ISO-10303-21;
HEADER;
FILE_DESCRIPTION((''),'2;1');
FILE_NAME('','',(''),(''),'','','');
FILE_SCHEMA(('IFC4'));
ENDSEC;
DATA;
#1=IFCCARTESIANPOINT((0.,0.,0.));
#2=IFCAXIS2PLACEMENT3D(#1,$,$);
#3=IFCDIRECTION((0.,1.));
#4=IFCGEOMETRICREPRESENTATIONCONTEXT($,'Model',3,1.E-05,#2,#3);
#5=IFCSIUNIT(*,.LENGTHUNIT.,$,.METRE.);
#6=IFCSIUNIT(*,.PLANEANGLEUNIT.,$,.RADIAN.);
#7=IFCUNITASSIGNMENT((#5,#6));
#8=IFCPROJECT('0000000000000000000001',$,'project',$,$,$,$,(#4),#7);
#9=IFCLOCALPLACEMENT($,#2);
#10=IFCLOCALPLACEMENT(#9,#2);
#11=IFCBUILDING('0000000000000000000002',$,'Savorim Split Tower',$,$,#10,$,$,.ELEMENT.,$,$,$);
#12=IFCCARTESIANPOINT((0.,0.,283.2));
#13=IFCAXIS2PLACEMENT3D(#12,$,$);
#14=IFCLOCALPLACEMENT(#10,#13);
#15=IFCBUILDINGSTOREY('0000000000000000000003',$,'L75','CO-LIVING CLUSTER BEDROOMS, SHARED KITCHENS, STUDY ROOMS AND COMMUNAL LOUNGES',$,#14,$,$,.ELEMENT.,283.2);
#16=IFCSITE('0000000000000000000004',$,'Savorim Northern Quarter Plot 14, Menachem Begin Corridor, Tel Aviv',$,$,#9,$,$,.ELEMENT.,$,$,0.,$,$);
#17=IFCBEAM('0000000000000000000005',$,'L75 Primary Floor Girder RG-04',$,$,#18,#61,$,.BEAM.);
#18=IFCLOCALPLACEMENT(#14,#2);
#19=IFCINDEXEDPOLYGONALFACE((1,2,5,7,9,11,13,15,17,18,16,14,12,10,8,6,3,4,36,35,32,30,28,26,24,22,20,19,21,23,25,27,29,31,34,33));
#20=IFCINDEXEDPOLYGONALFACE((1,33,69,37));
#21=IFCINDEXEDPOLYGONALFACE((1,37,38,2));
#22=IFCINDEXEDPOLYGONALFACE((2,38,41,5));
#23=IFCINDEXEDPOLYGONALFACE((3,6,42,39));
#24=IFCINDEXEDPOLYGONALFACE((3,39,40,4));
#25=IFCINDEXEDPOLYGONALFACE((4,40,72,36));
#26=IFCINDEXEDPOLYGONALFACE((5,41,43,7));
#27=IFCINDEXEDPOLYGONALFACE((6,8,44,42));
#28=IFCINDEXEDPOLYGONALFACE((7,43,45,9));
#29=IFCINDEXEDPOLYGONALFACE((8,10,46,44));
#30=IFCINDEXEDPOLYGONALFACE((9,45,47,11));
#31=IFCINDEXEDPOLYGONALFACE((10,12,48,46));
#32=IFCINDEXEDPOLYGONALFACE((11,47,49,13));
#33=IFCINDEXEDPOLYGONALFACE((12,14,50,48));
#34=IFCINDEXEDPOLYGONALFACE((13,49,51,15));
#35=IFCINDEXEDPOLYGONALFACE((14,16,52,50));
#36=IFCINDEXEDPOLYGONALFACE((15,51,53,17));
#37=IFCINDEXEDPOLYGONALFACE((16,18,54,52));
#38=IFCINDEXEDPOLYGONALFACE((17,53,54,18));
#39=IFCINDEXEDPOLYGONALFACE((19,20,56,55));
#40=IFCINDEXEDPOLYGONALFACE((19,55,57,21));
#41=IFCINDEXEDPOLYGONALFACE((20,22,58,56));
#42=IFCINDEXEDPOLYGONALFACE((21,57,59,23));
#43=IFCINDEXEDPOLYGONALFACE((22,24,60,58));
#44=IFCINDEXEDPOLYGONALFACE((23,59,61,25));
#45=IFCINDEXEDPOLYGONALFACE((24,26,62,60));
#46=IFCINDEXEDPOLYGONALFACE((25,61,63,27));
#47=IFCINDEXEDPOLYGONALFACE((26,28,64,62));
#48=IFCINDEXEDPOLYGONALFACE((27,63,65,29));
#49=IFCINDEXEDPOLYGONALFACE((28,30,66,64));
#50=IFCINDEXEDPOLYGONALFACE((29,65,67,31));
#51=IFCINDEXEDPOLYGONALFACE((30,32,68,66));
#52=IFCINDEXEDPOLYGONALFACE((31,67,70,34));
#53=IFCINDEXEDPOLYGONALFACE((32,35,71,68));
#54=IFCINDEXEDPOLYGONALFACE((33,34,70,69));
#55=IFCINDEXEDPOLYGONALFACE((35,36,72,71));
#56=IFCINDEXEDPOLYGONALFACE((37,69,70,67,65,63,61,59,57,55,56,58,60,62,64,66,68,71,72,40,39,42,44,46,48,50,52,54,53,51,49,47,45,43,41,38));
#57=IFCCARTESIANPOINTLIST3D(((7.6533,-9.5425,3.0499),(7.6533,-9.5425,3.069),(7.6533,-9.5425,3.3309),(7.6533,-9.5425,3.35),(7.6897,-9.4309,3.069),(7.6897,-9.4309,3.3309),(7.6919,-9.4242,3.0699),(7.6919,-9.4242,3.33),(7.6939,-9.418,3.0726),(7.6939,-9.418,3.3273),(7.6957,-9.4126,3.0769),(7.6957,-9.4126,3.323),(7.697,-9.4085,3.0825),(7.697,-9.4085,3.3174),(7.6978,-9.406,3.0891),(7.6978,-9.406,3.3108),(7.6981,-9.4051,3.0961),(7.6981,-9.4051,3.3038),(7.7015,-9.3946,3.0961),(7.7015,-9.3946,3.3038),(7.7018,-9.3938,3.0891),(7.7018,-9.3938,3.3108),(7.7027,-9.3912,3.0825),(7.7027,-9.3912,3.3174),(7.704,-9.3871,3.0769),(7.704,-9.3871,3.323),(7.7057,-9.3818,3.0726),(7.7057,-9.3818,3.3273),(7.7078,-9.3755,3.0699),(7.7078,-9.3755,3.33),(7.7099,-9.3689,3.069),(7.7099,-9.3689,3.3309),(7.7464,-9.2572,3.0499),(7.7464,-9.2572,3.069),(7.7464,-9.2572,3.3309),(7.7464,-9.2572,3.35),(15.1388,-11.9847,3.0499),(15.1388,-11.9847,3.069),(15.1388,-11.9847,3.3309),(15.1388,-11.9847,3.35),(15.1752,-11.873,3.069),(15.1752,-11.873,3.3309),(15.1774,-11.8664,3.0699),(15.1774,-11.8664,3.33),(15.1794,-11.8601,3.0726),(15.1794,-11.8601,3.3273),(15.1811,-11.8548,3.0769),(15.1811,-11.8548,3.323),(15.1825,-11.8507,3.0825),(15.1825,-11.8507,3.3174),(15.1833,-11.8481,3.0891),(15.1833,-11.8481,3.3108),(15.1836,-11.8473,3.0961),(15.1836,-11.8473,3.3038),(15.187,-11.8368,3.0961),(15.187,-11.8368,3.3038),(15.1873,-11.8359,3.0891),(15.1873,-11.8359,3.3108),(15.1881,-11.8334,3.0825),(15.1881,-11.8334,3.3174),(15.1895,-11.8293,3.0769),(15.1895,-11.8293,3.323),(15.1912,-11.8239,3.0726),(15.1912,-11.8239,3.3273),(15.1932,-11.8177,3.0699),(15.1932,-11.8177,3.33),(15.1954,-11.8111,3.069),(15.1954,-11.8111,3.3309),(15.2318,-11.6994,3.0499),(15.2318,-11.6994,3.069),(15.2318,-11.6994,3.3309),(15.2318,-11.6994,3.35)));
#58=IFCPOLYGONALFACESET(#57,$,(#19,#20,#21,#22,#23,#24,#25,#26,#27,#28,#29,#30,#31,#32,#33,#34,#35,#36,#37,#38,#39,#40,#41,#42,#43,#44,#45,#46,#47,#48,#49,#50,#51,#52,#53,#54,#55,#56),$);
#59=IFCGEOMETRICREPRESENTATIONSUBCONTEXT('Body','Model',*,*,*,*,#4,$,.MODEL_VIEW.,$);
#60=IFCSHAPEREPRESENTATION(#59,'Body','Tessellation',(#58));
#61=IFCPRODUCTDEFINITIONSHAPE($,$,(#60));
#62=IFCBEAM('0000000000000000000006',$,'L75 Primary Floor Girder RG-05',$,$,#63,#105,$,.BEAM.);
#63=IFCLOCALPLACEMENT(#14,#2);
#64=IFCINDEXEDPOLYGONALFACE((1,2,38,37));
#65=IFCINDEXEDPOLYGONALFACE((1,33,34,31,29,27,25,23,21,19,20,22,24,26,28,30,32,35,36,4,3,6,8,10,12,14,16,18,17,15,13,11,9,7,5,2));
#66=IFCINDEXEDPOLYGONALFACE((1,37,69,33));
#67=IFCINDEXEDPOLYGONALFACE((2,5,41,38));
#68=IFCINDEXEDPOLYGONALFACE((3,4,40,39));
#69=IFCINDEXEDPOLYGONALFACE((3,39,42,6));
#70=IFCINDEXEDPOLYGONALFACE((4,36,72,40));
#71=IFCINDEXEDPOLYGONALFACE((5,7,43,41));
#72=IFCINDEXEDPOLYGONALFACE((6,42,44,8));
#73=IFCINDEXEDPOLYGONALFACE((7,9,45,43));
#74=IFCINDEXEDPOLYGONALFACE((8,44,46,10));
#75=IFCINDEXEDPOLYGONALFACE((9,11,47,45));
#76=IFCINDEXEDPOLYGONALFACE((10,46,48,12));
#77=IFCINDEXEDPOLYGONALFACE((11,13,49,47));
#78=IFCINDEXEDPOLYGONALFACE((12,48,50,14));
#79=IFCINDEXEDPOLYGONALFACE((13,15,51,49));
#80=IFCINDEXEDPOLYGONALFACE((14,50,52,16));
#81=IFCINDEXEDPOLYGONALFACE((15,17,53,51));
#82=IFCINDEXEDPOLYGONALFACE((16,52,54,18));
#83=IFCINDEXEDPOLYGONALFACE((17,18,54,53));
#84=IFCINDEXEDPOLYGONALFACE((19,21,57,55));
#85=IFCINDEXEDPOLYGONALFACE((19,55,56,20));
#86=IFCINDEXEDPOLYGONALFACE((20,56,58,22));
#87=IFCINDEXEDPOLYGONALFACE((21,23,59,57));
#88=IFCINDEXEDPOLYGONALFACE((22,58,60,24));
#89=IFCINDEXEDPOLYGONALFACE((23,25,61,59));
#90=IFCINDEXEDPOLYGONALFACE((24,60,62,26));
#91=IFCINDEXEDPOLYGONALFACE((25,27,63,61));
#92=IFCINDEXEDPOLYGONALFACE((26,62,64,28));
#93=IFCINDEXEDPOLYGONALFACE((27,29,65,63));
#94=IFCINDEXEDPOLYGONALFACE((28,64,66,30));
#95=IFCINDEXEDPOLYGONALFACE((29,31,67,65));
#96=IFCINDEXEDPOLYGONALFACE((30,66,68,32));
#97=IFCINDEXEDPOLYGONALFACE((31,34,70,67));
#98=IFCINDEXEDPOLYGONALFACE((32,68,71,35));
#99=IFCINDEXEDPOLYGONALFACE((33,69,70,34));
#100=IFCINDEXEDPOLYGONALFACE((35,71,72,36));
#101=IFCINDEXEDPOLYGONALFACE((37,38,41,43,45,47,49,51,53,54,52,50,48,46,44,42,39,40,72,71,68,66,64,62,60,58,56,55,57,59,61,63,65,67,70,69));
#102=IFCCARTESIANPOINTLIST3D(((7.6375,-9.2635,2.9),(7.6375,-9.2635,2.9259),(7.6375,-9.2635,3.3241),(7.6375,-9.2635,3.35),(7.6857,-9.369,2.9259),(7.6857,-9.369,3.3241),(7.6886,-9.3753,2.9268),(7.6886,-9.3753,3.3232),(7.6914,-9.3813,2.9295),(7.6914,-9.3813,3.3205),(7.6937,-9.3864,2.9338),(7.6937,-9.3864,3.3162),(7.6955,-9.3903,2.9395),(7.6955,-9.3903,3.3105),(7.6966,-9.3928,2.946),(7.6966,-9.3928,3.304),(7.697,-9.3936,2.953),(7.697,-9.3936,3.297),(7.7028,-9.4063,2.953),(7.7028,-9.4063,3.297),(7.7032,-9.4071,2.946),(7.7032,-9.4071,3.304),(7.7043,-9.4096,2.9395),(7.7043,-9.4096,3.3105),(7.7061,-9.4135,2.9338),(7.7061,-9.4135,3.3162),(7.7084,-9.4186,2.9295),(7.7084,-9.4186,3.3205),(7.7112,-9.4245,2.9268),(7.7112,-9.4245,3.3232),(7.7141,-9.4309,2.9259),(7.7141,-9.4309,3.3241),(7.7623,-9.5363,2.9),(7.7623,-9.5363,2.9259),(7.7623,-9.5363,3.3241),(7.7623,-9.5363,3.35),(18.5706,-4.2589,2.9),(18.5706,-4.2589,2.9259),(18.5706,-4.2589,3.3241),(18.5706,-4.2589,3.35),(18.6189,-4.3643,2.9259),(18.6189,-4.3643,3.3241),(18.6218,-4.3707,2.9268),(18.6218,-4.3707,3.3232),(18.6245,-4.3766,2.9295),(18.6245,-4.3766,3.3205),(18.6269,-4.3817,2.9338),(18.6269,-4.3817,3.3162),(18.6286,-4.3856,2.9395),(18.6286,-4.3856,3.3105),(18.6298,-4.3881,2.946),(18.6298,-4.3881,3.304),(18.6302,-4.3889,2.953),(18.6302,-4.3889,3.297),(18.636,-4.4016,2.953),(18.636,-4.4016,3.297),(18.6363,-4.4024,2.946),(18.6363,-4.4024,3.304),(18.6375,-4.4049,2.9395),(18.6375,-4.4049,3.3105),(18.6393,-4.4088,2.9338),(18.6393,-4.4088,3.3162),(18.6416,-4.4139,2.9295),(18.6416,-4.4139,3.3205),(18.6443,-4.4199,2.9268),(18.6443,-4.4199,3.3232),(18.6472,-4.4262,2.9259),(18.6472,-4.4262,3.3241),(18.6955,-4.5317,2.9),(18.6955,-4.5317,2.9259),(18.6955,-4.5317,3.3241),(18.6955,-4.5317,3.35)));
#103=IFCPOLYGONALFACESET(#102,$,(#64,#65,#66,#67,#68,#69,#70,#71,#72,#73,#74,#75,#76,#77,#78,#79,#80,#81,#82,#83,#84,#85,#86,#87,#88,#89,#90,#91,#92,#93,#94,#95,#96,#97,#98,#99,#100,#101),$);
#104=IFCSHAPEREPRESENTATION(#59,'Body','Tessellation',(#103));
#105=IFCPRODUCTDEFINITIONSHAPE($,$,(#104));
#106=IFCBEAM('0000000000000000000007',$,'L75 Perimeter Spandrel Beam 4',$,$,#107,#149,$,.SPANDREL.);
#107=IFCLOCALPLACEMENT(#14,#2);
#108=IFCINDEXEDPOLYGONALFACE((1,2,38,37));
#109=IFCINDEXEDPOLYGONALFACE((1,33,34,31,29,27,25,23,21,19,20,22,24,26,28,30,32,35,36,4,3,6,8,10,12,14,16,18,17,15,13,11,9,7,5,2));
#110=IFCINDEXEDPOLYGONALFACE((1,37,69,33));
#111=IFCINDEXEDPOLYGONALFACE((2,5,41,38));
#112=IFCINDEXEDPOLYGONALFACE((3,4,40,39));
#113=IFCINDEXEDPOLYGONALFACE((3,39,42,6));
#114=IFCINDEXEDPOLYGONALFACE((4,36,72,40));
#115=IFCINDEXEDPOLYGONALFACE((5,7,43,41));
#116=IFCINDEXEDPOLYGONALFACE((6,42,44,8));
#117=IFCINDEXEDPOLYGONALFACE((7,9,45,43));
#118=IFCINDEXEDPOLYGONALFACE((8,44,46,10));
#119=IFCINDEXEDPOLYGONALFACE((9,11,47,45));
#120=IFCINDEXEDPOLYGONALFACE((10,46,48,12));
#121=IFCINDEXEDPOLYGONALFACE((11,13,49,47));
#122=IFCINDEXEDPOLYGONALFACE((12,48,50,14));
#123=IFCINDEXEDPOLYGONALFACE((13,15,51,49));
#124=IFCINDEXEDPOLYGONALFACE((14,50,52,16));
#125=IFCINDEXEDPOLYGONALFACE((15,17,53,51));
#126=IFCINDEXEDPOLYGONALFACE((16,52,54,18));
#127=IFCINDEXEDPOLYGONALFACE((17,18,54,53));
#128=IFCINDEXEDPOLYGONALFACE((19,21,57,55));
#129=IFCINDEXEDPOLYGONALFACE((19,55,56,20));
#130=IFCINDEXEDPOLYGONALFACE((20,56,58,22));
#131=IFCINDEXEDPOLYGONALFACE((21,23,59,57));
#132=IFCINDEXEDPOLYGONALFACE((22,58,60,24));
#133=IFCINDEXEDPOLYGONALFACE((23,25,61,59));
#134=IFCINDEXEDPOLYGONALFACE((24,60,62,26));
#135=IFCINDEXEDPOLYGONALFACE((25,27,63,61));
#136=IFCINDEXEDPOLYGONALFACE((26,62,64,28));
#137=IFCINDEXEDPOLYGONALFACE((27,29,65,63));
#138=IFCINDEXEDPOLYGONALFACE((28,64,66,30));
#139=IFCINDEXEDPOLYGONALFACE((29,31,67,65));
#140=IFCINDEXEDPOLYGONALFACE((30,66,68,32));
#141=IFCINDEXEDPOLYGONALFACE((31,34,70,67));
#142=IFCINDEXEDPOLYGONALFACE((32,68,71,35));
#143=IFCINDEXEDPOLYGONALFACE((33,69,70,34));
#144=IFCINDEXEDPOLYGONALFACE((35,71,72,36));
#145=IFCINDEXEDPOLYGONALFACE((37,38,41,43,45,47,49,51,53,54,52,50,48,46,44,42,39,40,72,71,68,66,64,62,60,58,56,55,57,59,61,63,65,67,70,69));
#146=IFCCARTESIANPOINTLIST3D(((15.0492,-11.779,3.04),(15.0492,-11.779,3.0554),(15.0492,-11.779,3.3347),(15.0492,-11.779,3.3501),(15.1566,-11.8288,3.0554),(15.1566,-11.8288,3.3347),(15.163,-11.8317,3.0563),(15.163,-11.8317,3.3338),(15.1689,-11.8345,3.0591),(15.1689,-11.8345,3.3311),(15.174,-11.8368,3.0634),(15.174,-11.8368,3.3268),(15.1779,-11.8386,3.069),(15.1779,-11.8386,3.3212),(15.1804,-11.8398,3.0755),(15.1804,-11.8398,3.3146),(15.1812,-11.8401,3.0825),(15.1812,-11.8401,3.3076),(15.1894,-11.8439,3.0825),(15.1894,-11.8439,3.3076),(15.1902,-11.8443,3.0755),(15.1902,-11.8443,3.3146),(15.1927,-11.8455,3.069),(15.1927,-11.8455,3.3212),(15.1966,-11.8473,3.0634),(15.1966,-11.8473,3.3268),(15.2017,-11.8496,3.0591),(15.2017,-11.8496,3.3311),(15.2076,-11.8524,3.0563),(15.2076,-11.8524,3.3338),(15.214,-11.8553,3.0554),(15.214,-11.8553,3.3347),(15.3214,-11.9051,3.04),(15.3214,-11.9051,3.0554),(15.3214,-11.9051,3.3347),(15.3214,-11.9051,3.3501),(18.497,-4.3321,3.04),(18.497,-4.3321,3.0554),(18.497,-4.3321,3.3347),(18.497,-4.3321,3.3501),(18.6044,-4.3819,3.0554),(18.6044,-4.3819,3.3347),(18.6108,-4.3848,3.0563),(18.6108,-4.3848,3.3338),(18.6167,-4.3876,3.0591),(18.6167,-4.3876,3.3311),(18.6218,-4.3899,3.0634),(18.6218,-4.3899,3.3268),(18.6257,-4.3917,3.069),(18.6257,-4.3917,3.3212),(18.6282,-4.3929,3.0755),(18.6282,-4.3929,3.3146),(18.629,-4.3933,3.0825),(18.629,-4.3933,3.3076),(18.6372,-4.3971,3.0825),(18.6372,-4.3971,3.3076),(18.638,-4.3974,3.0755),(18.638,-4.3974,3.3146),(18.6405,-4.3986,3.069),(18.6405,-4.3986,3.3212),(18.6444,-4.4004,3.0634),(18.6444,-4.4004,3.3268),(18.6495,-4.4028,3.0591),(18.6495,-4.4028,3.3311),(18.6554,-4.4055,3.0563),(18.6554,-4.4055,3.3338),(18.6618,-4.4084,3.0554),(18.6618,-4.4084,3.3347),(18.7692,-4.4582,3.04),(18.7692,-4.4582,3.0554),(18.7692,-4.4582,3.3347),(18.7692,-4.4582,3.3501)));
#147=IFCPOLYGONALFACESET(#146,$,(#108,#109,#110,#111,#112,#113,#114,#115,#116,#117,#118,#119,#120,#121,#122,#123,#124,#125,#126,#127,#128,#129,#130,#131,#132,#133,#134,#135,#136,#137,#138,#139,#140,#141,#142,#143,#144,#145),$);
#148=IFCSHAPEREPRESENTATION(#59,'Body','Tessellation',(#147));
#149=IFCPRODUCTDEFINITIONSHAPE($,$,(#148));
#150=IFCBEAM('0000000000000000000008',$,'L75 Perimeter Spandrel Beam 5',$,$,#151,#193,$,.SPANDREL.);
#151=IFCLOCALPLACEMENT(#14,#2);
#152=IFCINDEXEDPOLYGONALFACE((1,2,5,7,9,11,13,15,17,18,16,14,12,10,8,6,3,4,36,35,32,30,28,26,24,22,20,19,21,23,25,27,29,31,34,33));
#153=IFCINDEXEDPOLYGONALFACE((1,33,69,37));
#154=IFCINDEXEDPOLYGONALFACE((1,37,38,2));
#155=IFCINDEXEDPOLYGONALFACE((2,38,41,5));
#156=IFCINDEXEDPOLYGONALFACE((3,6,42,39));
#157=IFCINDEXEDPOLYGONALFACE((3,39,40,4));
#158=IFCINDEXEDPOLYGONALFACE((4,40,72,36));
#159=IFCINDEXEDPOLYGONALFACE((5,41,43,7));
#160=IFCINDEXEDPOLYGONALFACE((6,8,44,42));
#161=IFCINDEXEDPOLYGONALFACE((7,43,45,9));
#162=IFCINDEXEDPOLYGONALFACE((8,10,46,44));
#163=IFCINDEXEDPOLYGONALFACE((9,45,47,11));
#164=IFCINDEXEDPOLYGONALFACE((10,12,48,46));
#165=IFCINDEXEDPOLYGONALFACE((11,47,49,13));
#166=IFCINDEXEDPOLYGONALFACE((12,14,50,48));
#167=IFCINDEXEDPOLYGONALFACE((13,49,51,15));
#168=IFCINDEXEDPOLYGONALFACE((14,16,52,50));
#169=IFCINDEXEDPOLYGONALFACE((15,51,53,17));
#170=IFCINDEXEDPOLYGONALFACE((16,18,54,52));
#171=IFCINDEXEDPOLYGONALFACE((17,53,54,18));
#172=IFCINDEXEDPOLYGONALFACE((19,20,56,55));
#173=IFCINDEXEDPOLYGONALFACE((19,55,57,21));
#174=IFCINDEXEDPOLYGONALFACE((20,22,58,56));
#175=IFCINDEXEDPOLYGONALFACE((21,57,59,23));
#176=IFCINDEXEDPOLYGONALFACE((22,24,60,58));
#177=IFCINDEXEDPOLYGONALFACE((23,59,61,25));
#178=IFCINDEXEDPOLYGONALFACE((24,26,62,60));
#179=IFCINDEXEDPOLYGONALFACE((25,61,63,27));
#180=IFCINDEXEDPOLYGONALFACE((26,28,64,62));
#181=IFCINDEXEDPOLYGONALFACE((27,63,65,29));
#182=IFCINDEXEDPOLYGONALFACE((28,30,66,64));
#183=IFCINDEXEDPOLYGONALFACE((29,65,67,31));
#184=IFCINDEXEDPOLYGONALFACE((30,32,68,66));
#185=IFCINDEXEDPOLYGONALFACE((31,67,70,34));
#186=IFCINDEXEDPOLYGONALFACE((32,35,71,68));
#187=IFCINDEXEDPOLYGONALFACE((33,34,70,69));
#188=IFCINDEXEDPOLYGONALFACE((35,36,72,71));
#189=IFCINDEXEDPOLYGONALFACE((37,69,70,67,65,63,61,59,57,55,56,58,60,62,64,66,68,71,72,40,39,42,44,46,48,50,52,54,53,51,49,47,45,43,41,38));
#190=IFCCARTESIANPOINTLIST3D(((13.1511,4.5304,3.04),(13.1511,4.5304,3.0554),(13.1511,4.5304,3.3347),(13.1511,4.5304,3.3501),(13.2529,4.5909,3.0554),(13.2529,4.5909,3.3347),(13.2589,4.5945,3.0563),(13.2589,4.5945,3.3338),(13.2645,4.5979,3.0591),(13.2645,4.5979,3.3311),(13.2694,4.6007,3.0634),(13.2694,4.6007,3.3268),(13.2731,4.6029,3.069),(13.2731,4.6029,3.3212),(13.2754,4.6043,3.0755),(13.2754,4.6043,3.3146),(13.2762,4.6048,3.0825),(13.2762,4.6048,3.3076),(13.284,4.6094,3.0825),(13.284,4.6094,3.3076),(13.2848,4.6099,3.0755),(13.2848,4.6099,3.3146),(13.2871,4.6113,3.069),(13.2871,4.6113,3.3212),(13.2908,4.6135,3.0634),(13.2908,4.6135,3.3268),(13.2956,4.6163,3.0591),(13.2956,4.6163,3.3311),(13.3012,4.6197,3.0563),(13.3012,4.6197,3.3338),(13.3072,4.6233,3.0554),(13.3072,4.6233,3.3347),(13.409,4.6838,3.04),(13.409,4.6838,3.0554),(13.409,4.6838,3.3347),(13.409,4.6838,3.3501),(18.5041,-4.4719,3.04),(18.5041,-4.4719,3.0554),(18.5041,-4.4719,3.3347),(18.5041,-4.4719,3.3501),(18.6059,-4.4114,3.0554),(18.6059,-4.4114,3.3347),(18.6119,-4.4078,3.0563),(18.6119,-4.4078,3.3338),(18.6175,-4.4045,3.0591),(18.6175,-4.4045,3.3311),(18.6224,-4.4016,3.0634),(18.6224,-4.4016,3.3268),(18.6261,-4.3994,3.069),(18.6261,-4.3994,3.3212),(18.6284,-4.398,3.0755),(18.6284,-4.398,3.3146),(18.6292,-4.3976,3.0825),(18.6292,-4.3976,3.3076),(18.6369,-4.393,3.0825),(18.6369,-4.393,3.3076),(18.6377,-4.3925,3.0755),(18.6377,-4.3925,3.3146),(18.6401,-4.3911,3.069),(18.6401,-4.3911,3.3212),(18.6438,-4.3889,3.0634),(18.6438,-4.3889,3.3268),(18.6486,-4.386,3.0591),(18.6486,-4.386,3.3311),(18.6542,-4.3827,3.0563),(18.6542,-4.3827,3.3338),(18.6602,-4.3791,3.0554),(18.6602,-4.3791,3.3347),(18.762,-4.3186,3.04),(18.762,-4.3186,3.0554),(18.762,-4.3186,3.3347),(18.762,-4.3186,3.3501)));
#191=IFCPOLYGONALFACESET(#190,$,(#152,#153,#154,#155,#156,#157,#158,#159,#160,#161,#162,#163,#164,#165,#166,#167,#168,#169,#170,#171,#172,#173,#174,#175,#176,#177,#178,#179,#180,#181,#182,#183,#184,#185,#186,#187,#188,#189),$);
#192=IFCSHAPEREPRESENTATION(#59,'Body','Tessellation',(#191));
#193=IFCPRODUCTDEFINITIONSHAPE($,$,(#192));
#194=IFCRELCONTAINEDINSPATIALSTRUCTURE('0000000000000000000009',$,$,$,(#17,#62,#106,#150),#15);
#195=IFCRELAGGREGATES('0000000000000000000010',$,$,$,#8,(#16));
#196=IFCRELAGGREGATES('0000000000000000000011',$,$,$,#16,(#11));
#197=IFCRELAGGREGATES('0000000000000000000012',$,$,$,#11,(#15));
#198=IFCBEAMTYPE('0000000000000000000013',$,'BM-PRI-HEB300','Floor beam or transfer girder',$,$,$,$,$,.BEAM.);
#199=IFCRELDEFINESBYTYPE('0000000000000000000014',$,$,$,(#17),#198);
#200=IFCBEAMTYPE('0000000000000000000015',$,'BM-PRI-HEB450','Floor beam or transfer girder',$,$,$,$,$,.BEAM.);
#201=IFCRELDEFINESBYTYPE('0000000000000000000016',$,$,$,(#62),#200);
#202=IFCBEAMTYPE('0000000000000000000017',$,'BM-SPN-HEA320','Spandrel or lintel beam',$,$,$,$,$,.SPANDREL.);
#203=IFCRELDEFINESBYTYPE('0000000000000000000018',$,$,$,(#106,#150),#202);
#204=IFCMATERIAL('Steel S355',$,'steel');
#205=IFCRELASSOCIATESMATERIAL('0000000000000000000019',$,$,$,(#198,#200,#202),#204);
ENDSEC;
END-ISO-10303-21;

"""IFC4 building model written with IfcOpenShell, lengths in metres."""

from ifc_helpers import new_model, si_unit, direction, frame, origin, origin_2d, place, context, subcontext, project, spatial, i_section, extrude, material, material_profile, profile_set, type_object, element, save


model = new_model("IFC4")

# Units and contexts
model_context = context("Model", 3, precision=1e-05, world=origin(), true_north=direction((0.0, 1.0)))
body_context = subcontext(model_context, "Body", "Model", "MODEL_VIEW")
ifc_project = project(units=[si_unit("LENGTHUNIT", "METRE"), si_unit("PLANEANGLEUNIT", "RADIAN")], contexts=[model_context])

# Site, building, storey
site_placement = place(None, origin())
site = spatial("IfcSite", under=ifc_project, at=site_placement, Name="Savorim Northern Quarter Plot 14, Menachem Begin Corridor, Tel Aviv", CompositionType="ELEMENT", RefElevation=0.0)
building_placement = place(site_placement, origin())
building = spatial("IfcBuilding", under=site, at=building_placement, Name="Savorim Split Tower", CompositionType="ELEMENT")
storey_placement = place(building_placement, frame((0.0, 0.0, 283.2)))
storey = spatial("IfcBuildingStorey", under=building, at=storey_placement, Name="L75", Description="CO-LIVING CLUSTER BEDROOMS, SHARED KITCHENS, STUDY ROOMS AND COMMUNAL LOUNGES", CompositionType="ELEMENT", Elevation=283.2)

# Shared definitions
ifc_material_1 = material(Name="Steel S355", Category="steel")

# Beams
ifc_material_profile_1 = material_profile(ifc_material_1, i_section(OverallWidth=0.3, OverallDepth=0.3, WebThickness=0.011, FlangeThickness=0.019, FilletRadius=0.0271, at=origin_2d()), Name="HEB 300")
ifc_profile_set_1 = profile_set([ifc_material_profile_1], Name="Steel S355")
beam_type_1 = type_object("IfcBeamType", Name="BM-PRI-HEB300", Description="Floor beam or transfer girder", PredefinedType="BEAM", material=ifc_profile_set_1)
beam_1_placement = place(storey_placement, frame((15.1853, -11.842, 3.2), z_axis=(-0.950683, 0.310166, 0.0), x_axis=(-0.310166, -0.950683, 0.0)))
element("IfcBeam", 1, at=beam_1_placement, inside=storey, type_object=beam_type_1, Name="L75 Primary Floor Girder RG-04", PredefinedType="BEAM", context=body_context, shape_type="SweptSolid", body=[
    extrude(i_section(OverallWidth=0.3, OverallDepth=0.3, WebThickness=0.011, FlangeThickness=0.019, FilletRadius=0.0271, at=origin_2d()), origin(), (0.0, 0.0, 1.0), 7.8738),
])
ifc_material_profile_2 = material_profile(ifc_material_1, i_section(OverallWidth=0.3, OverallDepth=0.45, WebThickness=0.0139, FlangeThickness=0.0259, FilletRadius=0.0271, at=origin_2d()), Name="HEB 450")
ifc_profile_set_2 = profile_set([ifc_material_profile_2], Name="Steel S355")
beam_type_2 = type_object("IfcBeamType", Name="BM-PRI-HEB450", Description="Floor beam or transfer girder", PredefinedType="BEAM", material=ifc_profile_set_2)
beam_2_placement = place(storey_placement, frame((18.6331, -4.3953, 3.125), z_axis=(-0.909265, -0.416217, 0.0), x_axis=(0.416217, -0.909265, 0.0)))
element("IfcBeam", 2, at=beam_2_placement, inside=storey, type_object=beam_type_2, Name="L75 Primary Floor Girder RG-05", PredefinedType="BEAM", context=body_context, shape_type="SweptSolid", body=[
    extrude(i_section(OverallWidth=0.3, OverallDepth=0.45, WebThickness=0.0139, FlangeThickness=0.0259, FilletRadius=0.0271, at=origin_2d()), origin(), (0.0, 0.0, 1.0), 12.0242),
])
ifc_material_profile_3 = material_profile(ifc_material_1, i_section(OverallWidth=0.3, OverallDepth=0.3101, WebThickness=0.009, FlangeThickness=0.0154, FilletRadius=0.0271, at=origin_2d()), Name="HEA 320")
ifc_profile_set_3 = profile_set([ifc_material_profile_3], Name="Steel S355")
beam_type_3 = type_object("IfcBeamType", Name="BM-SPN-HEA320", Description="Spandrel or lintel beam", PredefinedType="SPANDREL", material=ifc_profile_set_3)
beam_3_placement = place(storey_placement, frame((15.1853, -11.842, 3.1951), z_axis=(0.420141, 0.907459, 0.0), x_axis=(-0.907459, 0.420141, 0.0)))
element("IfcBeam", 3, at=beam_3_placement, inside=storey, type_object=beam_type_3, Name="L75 Perimeter Spandrel Beam 4", PredefinedType="SPANDREL", context=body_context, shape_type="SweptSolid", body=[
    extrude(i_section(OverallWidth=0.3, OverallDepth=0.3101, WebThickness=0.009, FlangeThickness=0.0154, FilletRadius=0.0271, at=origin_2d()), origin(), (0.0, 0.0, 1.0), 8.2063),
])
beam_4_placement = place(storey_placement, frame((18.6331, -4.3953, 3.1951), z_axis=(-0.511091, 0.859526, 0.0), x_axis=(-0.859526, -0.511091, 0.0)))
element("IfcBeam", 4, at=beam_4_placement, inside=storey, type_object=beam_type_3, Name="L75 Perimeter Spandrel Beam 5", PredefinedType="SPANDREL", context=body_context, shape_type="SweptSolid", body=[
    extrude(i_section(OverallWidth=0.3, OverallDepth=0.3101, WebThickness=0.009, FlangeThickness=0.0154, FilletRadius=0.0271, at=origin_2d()), origin(), (0.0, 0.0, 1.0), 10.4736),
])

save(model, "model.ifc")
